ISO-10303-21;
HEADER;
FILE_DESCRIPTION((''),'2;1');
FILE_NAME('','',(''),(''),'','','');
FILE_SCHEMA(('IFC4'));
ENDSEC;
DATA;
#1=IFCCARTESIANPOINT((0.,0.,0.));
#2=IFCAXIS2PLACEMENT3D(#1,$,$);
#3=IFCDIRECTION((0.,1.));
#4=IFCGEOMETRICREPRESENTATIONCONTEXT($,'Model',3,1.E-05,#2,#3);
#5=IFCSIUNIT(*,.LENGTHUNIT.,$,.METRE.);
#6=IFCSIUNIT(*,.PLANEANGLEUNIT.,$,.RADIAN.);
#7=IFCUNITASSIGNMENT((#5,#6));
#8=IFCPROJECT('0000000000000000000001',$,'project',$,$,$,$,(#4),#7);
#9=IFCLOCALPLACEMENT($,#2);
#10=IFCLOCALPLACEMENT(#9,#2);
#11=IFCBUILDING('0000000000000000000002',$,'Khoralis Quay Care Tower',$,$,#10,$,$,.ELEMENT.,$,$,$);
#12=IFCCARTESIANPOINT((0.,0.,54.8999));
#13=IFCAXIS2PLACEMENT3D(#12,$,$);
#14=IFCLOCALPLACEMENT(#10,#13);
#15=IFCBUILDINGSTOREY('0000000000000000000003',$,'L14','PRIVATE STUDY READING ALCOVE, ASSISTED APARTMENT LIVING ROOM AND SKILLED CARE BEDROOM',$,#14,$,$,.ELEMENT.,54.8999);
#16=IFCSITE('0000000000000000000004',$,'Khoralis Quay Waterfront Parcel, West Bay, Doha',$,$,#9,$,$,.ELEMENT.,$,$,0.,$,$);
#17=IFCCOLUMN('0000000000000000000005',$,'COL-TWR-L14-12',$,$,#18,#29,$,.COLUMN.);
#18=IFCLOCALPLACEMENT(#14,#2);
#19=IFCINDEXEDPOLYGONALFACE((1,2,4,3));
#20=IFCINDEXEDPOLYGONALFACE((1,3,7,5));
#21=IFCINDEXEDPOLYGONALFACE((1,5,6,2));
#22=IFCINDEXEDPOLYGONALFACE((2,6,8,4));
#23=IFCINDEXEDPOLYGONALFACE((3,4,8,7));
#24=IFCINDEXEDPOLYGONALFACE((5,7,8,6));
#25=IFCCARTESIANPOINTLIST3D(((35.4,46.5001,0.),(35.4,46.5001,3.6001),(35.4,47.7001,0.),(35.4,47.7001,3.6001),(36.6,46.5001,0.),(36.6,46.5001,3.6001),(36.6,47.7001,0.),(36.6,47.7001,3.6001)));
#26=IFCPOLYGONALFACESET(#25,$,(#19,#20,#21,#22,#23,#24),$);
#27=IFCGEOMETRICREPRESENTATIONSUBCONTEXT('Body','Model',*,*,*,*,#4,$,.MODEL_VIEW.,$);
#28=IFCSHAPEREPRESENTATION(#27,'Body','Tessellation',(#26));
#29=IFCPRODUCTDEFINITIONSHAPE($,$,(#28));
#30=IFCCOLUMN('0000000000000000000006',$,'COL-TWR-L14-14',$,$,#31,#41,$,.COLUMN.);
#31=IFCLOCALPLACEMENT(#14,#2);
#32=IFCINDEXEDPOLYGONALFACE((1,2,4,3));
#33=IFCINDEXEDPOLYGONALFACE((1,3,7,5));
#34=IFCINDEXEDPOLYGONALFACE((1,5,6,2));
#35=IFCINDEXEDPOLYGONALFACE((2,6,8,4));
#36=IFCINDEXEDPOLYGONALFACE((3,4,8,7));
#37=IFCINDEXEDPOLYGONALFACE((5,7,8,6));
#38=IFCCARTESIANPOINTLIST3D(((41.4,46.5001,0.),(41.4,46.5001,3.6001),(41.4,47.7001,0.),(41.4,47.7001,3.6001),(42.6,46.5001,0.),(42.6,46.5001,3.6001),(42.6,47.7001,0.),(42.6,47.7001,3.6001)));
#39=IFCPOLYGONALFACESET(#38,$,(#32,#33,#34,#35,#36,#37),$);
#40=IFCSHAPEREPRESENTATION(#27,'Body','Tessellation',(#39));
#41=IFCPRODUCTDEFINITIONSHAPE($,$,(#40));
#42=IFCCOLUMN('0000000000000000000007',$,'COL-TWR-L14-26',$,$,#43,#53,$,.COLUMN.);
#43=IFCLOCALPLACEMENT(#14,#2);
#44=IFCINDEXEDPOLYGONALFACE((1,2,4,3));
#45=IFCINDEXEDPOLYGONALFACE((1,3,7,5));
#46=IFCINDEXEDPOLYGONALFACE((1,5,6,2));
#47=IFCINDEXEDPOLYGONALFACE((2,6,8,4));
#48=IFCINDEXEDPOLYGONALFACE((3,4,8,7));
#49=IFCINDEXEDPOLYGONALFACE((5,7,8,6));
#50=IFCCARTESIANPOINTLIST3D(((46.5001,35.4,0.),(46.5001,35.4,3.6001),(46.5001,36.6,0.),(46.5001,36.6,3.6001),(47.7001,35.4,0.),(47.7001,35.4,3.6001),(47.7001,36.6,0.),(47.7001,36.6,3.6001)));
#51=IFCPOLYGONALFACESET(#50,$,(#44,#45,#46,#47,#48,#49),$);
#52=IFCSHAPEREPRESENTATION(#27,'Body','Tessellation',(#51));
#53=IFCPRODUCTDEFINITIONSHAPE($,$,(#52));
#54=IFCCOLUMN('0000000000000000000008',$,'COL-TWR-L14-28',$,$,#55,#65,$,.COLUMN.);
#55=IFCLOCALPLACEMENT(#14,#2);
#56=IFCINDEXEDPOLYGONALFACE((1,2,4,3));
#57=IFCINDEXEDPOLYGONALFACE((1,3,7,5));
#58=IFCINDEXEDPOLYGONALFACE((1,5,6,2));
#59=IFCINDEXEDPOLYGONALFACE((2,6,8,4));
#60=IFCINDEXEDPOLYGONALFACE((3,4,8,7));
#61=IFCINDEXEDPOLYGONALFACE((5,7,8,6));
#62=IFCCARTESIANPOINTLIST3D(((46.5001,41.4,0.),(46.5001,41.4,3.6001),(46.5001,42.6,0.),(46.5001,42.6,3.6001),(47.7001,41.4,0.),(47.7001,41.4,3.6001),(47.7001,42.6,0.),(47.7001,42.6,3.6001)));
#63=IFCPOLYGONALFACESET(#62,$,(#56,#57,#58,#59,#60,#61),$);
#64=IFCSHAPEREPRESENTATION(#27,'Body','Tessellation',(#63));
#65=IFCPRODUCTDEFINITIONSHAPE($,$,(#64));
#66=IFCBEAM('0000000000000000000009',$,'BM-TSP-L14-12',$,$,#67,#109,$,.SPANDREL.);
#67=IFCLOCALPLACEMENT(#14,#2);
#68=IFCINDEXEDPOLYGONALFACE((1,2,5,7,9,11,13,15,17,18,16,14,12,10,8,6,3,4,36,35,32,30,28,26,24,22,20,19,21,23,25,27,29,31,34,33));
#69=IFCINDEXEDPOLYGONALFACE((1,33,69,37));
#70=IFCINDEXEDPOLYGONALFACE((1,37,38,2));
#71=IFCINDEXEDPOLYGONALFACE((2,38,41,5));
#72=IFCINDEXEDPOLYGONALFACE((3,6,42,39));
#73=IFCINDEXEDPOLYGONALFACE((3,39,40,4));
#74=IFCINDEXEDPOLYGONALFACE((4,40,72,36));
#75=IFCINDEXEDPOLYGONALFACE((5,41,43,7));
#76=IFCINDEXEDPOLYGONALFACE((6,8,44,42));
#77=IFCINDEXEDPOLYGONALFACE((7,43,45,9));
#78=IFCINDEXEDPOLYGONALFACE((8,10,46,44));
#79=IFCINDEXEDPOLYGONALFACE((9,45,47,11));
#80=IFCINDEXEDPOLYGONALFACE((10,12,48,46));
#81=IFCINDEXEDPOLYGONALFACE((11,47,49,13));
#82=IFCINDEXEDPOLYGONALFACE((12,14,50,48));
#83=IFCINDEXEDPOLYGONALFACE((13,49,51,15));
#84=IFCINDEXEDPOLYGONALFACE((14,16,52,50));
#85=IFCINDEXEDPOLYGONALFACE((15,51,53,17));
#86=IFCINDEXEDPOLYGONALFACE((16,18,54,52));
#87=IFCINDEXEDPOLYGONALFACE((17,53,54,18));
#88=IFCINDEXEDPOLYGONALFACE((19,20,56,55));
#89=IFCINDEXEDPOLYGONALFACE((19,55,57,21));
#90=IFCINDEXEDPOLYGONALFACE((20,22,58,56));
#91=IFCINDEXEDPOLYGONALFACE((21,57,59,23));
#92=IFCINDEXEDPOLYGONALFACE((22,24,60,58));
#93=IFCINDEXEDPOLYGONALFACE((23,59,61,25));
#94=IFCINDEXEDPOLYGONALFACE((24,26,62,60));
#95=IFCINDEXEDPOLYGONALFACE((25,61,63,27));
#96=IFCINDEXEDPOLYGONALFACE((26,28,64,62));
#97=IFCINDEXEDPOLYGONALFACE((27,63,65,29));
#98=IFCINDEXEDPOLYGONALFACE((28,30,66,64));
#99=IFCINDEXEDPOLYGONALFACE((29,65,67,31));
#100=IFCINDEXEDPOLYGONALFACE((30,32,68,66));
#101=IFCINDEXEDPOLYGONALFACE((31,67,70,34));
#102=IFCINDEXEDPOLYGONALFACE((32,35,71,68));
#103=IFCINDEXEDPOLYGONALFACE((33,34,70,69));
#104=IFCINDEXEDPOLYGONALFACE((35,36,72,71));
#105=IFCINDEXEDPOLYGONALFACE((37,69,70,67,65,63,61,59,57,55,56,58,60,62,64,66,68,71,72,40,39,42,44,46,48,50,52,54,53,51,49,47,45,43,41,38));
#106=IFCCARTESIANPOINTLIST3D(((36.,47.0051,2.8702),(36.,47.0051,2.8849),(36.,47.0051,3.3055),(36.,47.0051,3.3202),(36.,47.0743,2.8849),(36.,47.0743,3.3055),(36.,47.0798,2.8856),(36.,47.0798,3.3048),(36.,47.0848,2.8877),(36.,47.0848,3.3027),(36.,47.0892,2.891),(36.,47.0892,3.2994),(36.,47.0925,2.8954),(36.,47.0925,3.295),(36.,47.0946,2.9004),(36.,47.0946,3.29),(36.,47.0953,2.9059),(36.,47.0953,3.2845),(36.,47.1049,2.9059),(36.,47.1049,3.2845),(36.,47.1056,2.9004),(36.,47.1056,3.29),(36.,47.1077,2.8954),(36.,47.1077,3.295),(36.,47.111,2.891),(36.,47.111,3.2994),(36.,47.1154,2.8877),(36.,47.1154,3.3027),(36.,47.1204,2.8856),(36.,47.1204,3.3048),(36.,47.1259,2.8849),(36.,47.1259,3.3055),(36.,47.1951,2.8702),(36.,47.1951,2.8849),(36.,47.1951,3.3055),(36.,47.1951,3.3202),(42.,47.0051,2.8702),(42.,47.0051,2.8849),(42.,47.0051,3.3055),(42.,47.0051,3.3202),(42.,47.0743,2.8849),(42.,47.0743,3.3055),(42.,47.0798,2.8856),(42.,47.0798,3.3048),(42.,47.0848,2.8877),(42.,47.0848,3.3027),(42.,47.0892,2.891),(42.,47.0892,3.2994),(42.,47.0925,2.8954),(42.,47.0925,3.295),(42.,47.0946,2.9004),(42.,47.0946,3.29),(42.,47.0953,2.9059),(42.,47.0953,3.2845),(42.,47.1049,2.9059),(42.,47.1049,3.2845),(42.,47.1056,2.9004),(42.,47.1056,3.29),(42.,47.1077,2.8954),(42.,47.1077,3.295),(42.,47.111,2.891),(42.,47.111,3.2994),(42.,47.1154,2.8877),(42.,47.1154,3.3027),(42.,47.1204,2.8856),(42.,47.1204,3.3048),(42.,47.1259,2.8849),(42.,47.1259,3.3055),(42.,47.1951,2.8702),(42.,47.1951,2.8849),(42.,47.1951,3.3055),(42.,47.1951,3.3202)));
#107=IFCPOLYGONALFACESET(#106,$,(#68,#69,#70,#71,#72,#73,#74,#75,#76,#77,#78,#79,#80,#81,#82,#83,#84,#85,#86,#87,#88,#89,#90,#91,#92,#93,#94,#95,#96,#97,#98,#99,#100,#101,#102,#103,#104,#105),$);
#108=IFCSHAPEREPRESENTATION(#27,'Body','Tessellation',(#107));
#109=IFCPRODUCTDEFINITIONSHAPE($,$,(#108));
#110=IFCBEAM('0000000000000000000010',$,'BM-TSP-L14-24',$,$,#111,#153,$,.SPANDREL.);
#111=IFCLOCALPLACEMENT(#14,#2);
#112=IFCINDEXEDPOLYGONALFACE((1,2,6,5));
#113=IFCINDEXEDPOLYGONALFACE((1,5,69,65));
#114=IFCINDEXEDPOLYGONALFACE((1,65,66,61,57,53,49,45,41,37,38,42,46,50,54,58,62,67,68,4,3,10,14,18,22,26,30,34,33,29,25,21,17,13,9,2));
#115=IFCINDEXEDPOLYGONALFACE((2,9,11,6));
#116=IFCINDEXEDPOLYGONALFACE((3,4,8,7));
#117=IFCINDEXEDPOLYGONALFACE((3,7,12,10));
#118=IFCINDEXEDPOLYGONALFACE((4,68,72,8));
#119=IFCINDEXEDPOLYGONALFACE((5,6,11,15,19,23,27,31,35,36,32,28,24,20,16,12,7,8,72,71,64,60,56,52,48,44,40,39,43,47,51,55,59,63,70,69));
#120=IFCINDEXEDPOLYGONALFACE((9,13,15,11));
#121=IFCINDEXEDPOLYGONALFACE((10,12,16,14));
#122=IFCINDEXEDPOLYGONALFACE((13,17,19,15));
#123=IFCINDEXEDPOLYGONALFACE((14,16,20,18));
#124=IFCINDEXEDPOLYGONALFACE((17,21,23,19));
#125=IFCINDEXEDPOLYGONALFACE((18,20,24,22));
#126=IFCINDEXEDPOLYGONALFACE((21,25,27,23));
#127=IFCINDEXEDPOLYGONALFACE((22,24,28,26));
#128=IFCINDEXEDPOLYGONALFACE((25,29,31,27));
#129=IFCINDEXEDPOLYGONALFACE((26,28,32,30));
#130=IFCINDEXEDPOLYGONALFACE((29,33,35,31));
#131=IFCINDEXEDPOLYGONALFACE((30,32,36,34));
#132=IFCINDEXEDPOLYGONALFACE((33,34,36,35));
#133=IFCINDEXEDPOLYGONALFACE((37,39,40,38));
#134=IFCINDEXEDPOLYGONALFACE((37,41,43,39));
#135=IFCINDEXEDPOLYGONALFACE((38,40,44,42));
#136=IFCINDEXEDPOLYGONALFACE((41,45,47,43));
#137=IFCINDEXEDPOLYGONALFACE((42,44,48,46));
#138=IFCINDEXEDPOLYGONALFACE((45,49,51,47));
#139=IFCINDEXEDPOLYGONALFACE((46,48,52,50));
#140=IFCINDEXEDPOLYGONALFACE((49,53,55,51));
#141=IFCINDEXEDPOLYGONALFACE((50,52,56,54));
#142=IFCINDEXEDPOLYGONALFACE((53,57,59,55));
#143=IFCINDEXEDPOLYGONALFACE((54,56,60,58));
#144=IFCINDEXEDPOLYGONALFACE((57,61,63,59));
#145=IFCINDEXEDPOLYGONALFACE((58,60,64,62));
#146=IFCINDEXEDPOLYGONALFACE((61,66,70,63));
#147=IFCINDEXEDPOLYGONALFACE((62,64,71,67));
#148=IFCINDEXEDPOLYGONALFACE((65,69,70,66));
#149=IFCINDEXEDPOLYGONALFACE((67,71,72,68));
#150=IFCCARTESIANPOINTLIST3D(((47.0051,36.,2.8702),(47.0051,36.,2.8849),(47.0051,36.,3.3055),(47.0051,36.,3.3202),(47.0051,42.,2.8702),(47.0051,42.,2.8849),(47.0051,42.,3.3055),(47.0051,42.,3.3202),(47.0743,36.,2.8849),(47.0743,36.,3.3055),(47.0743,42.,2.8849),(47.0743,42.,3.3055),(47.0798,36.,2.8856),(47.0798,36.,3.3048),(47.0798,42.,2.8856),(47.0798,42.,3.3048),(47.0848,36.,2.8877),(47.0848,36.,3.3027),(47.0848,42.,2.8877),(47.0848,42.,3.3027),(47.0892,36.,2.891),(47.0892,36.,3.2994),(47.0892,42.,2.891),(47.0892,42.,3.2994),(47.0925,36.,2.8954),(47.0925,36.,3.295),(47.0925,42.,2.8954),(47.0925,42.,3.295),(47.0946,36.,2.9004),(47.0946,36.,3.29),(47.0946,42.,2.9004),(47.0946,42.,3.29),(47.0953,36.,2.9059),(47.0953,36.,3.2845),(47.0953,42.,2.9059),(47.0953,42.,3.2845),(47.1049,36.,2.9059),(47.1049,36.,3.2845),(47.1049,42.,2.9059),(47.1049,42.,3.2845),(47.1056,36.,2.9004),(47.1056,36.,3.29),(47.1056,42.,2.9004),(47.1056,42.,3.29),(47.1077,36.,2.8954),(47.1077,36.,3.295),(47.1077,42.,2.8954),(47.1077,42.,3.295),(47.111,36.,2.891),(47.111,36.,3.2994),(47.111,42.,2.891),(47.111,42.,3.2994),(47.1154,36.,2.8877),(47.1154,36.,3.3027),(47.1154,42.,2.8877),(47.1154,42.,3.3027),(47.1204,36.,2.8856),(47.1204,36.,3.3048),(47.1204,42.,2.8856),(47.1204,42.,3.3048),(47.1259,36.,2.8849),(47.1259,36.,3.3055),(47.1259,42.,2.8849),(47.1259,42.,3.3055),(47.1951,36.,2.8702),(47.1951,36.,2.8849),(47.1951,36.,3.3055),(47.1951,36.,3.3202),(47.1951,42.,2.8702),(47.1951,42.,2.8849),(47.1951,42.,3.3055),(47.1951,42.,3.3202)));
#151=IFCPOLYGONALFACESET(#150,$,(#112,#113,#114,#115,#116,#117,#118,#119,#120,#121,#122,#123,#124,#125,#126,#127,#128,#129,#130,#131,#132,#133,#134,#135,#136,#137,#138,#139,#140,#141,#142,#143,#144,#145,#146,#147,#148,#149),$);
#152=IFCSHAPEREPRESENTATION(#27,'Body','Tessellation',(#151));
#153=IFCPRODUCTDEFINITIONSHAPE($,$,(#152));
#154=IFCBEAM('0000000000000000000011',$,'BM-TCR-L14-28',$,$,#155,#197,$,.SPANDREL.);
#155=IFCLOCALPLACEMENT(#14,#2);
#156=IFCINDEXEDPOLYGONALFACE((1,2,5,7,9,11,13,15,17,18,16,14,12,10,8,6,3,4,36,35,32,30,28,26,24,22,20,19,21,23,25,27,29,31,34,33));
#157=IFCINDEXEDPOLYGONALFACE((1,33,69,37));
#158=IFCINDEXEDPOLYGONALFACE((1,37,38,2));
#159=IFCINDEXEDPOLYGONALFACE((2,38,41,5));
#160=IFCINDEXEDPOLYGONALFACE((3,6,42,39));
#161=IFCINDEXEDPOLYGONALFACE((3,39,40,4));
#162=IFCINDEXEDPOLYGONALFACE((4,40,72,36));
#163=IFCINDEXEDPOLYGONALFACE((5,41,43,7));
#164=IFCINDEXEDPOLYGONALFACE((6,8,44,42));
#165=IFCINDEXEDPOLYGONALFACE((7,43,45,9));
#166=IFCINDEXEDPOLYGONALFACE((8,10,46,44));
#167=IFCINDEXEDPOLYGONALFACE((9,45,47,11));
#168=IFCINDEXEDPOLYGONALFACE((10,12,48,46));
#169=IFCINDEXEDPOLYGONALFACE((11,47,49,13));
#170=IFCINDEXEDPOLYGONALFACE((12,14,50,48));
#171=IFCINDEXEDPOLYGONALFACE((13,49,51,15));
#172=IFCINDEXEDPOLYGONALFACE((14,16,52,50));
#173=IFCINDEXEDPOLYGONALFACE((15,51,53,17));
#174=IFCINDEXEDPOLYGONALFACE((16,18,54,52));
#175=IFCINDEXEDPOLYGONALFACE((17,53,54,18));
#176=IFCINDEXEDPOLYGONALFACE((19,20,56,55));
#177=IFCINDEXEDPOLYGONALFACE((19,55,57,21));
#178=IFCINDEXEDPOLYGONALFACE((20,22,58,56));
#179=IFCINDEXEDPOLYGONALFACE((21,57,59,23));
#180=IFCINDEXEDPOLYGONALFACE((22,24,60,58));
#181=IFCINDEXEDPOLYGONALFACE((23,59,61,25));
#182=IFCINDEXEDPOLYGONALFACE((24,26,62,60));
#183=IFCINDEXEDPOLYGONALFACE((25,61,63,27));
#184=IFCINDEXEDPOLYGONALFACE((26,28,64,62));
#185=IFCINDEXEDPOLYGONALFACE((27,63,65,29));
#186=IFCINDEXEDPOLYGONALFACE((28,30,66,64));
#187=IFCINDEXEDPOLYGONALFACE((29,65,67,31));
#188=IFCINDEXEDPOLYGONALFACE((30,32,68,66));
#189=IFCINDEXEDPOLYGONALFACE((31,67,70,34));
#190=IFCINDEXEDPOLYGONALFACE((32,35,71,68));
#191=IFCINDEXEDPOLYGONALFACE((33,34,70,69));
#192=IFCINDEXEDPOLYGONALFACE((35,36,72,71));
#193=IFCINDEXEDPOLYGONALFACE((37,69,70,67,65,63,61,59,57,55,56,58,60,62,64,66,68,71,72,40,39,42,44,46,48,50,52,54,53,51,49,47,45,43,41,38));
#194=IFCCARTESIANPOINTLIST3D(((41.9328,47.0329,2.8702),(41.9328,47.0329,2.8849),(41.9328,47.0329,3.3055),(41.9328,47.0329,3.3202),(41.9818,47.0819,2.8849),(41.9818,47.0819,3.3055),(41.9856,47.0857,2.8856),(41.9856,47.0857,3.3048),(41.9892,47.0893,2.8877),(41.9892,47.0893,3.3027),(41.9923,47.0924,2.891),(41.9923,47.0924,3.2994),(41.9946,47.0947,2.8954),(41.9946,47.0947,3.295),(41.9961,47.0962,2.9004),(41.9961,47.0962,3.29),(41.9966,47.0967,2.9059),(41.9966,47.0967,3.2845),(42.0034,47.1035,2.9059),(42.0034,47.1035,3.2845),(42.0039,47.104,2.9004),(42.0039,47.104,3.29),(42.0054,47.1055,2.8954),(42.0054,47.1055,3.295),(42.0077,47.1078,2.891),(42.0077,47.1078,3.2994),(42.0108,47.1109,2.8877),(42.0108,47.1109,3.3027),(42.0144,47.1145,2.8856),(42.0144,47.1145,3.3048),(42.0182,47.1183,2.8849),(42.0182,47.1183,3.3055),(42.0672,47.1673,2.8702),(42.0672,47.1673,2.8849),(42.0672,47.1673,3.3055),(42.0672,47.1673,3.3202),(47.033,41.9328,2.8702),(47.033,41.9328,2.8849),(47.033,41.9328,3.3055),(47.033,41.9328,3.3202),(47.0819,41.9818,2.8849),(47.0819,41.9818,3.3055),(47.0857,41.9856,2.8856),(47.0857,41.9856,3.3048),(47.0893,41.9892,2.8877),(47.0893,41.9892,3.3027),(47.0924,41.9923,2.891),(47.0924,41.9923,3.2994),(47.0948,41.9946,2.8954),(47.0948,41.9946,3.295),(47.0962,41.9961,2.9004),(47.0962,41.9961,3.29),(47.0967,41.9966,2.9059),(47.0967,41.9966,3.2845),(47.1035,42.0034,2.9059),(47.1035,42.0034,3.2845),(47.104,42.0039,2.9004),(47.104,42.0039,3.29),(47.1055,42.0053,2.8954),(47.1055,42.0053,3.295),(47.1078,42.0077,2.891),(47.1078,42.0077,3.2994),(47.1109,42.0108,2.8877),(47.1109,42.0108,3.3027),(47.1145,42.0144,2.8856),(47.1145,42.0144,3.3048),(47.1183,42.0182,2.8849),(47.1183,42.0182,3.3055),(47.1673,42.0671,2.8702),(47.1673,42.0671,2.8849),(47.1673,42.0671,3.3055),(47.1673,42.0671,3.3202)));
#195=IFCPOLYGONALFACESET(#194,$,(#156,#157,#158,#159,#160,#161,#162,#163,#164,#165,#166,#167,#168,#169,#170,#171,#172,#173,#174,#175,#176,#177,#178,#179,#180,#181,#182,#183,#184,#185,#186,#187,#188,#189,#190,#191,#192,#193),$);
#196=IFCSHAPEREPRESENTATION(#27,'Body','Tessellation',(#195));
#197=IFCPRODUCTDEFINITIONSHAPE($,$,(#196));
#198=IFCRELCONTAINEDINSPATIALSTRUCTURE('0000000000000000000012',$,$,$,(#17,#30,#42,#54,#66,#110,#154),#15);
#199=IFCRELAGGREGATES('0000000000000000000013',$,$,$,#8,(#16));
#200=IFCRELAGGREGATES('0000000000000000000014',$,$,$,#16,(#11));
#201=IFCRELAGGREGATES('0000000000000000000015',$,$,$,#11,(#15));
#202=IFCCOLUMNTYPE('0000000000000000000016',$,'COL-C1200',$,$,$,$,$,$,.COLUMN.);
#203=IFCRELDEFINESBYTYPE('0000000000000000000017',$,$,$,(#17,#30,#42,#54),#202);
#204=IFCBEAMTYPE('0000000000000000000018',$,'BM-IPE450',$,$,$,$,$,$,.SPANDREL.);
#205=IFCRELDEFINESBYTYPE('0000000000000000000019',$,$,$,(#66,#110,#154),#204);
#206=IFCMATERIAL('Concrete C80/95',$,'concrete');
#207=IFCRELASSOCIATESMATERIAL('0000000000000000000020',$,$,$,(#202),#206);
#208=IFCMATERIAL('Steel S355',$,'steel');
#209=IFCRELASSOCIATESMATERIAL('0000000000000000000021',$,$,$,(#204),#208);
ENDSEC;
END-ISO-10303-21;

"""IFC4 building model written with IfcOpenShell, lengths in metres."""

from ifc_helpers import new_model, si_unit, direction, frame, origin, origin_2d, place, context, subcontext, project, spatial, rectangle, i_section, extrude, source, transform, mapped, material, material_profile, profile_set, type_object, element, save


model = new_model("IFC4")

# Units and contexts
model_context = context("Model", 3, precision=1e-05, world=origin(), true_north=direction((0.0, 1.0)))
body_context = subcontext(model_context, "Body", "Model", "MODEL_VIEW")
ifc_project = project(units=[si_unit("LENGTHUNIT", "METRE"), si_unit("PLANEANGLEUNIT", "RADIAN")], contexts=[model_context])

# Site, building, storey
site_placement = place(None, origin())
site = spatial("IfcSite", under=ifc_project, at=site_placement, Name="Khoralis Quay Waterfront Parcel, West Bay, Doha", CompositionType="ELEMENT", RefElevation=0.0)
building_placement = place(site_placement, origin())
building = spatial("IfcBuilding", under=site, at=building_placement, Name="Khoralis Quay Care Tower", CompositionType="ELEMENT")
storey_placement = place(building_placement, frame((0.0, 0.0, 54.8999)))
storey = spatial("IfcBuildingStorey", under=building, at=storey_placement, Name="L14", Description="PRIVATE STUDY READING ALCOVE, ASSISTED APARTMENT LIVING ROOM AND SKILLED CARE BEDROOM", CompositionType="ELEMENT", Elevation=54.8999)

# Columns
ifc_material_1 = material(Name="Concrete C80/95", Category="concrete")
ifc_material_profile_1 = material_profile(ifc_material_1, rectangle(XDim=1.2, YDim=1.2, at=origin_2d()), Name="Concrete C80/95")
ifc_profile_set_1 = profile_set([ifc_material_profile_1], Name="Concrete C80/95")
column_type = type_object("IfcColumnType", Name="COL-C1200", PredefinedType="COLUMN", material=ifc_profile_set_1)
shared_shape_1 = source(origin(), body_context, "Body", "SweptSolid", [
    extrude(rectangle(XDim=1.2, YDim=1.2, at=origin_2d()), origin(), (0.0, 0.0, 1.0), 3.6001),
])
for number, where, z_axis, x_axis, name in (
    (1, (36.0, 47.1001, 0.0), (0.0, 0.0, 1.0), (1.0, 0.0, 0.0), "COL-TWR-L14-12"),
    (2, (42.0, 47.1001, 0.0), (0.0, 0.0, 1.0), (1.0, 0.0, 0.0), "COL-TWR-L14-14"),
    (3, (47.1001, 36.0, 0.0), (0.0, 0.0, 1.0), (1.0, 0.0, 0.0), "COL-TWR-L14-26"),
    (4, (47.1001, 42.0, 0.0), (0.0, 0.0, 1.0), (1.0, 0.0, 0.0), "COL-TWR-L14-28"),
):
    element("IfcColumn", number, at=place(storey_placement, frame(where, z_axis=z_axis, x_axis=x_axis)), inside=storey, type_object=column_type, Name=name, PredefinedType="COLUMN", context=body_context, shape_type="MappedRepresentation", body=[
        mapped(shared_shape_1, transform((0.0, 0.0, 0.0), scale=1.0)),
    ])

# Beams
ifc_material_2 = material(Name="Steel S355", Category="steel")
ifc_material_profile_2 = material_profile(ifc_material_2, i_section(OverallWidth=0.1899, OverallDepth=0.45, WebThickness=0.0095, FlangeThickness=0.0146, FilletRadius=0.021, at=origin_2d()), Name="Steel S355")
ifc_profile_set_2 = profile_set([ifc_material_profile_2], Name="Steel S355")
beam_type_1 = type_object("IfcBeamType", Name="BM-IPE450", PredefinedType="SPANDREL", material=ifc_profile_set_2)
shared_shape_2 = source(origin(), body_context, "Body", "SweptSolid", [
    extrude(i_section(OverallWidth=0.1899, OverallDepth=0.45, WebThickness=0.0095, FlangeThickness=0.0146, FilletRadius=0.021, at=origin_2d()), origin(), (0.0, 0.0, 1.0), 6.0),
])
for number, where, z_axis, x_axis, name in (
    (5, (36.0, 47.1001, 3.0952), (1.0, 0.0, 0.0), (0.0, 1.0, 0.0), "BM-TSP-L14-12"),
    (6, (47.1001, 36.0, 3.0952), (0.0, 1.0, 0.0), (-1.0, 0.0, 0.0), "BM-TSP-L14-24"),
):
    element("IfcBeam", number, at=place(storey_placement, frame(where, z_axis=z_axis, x_axis=x_axis)), inside=storey, type_object=beam_type_1, Name=name, PredefinedType="SPANDREL", context=body_context, shape_type="MappedRepresentation", body=[
        mapped(shared_shape_2, transform((0.0, 0.0, 0.0), scale=1.0)),
    ])
shared_shape_3 = source(origin(), body_context, "Body", "SweptSolid", [
    extrude(i_section(OverallWidth=0.1899, OverallDepth=0.45, WebThickness=0.0095, FlangeThickness=0.0146, FilletRadius=0.021, at=origin_2d()), origin(), (0.0, 0.0, 1.0), 7.2126),
])
beam_1_placement = place(storey_placement, frame((42.0, 47.1001, 3.0952), z_axis=(0.707107, -0.707107, 0.0), x_axis=(0.707107, 0.707107, 0.0)))
element("IfcBeam", 7, at=beam_1_placement, inside=storey, type_object=beam_type_1, Name="BM-TCR-L14-28", PredefinedType="SPANDREL", context=body_context, shape_type="MappedRepresentation", body=[
    mapped(shared_shape_3, transform((0.0, 0.0, 0.0), scale=1.0)),
])

save(model, "model.ifc")
